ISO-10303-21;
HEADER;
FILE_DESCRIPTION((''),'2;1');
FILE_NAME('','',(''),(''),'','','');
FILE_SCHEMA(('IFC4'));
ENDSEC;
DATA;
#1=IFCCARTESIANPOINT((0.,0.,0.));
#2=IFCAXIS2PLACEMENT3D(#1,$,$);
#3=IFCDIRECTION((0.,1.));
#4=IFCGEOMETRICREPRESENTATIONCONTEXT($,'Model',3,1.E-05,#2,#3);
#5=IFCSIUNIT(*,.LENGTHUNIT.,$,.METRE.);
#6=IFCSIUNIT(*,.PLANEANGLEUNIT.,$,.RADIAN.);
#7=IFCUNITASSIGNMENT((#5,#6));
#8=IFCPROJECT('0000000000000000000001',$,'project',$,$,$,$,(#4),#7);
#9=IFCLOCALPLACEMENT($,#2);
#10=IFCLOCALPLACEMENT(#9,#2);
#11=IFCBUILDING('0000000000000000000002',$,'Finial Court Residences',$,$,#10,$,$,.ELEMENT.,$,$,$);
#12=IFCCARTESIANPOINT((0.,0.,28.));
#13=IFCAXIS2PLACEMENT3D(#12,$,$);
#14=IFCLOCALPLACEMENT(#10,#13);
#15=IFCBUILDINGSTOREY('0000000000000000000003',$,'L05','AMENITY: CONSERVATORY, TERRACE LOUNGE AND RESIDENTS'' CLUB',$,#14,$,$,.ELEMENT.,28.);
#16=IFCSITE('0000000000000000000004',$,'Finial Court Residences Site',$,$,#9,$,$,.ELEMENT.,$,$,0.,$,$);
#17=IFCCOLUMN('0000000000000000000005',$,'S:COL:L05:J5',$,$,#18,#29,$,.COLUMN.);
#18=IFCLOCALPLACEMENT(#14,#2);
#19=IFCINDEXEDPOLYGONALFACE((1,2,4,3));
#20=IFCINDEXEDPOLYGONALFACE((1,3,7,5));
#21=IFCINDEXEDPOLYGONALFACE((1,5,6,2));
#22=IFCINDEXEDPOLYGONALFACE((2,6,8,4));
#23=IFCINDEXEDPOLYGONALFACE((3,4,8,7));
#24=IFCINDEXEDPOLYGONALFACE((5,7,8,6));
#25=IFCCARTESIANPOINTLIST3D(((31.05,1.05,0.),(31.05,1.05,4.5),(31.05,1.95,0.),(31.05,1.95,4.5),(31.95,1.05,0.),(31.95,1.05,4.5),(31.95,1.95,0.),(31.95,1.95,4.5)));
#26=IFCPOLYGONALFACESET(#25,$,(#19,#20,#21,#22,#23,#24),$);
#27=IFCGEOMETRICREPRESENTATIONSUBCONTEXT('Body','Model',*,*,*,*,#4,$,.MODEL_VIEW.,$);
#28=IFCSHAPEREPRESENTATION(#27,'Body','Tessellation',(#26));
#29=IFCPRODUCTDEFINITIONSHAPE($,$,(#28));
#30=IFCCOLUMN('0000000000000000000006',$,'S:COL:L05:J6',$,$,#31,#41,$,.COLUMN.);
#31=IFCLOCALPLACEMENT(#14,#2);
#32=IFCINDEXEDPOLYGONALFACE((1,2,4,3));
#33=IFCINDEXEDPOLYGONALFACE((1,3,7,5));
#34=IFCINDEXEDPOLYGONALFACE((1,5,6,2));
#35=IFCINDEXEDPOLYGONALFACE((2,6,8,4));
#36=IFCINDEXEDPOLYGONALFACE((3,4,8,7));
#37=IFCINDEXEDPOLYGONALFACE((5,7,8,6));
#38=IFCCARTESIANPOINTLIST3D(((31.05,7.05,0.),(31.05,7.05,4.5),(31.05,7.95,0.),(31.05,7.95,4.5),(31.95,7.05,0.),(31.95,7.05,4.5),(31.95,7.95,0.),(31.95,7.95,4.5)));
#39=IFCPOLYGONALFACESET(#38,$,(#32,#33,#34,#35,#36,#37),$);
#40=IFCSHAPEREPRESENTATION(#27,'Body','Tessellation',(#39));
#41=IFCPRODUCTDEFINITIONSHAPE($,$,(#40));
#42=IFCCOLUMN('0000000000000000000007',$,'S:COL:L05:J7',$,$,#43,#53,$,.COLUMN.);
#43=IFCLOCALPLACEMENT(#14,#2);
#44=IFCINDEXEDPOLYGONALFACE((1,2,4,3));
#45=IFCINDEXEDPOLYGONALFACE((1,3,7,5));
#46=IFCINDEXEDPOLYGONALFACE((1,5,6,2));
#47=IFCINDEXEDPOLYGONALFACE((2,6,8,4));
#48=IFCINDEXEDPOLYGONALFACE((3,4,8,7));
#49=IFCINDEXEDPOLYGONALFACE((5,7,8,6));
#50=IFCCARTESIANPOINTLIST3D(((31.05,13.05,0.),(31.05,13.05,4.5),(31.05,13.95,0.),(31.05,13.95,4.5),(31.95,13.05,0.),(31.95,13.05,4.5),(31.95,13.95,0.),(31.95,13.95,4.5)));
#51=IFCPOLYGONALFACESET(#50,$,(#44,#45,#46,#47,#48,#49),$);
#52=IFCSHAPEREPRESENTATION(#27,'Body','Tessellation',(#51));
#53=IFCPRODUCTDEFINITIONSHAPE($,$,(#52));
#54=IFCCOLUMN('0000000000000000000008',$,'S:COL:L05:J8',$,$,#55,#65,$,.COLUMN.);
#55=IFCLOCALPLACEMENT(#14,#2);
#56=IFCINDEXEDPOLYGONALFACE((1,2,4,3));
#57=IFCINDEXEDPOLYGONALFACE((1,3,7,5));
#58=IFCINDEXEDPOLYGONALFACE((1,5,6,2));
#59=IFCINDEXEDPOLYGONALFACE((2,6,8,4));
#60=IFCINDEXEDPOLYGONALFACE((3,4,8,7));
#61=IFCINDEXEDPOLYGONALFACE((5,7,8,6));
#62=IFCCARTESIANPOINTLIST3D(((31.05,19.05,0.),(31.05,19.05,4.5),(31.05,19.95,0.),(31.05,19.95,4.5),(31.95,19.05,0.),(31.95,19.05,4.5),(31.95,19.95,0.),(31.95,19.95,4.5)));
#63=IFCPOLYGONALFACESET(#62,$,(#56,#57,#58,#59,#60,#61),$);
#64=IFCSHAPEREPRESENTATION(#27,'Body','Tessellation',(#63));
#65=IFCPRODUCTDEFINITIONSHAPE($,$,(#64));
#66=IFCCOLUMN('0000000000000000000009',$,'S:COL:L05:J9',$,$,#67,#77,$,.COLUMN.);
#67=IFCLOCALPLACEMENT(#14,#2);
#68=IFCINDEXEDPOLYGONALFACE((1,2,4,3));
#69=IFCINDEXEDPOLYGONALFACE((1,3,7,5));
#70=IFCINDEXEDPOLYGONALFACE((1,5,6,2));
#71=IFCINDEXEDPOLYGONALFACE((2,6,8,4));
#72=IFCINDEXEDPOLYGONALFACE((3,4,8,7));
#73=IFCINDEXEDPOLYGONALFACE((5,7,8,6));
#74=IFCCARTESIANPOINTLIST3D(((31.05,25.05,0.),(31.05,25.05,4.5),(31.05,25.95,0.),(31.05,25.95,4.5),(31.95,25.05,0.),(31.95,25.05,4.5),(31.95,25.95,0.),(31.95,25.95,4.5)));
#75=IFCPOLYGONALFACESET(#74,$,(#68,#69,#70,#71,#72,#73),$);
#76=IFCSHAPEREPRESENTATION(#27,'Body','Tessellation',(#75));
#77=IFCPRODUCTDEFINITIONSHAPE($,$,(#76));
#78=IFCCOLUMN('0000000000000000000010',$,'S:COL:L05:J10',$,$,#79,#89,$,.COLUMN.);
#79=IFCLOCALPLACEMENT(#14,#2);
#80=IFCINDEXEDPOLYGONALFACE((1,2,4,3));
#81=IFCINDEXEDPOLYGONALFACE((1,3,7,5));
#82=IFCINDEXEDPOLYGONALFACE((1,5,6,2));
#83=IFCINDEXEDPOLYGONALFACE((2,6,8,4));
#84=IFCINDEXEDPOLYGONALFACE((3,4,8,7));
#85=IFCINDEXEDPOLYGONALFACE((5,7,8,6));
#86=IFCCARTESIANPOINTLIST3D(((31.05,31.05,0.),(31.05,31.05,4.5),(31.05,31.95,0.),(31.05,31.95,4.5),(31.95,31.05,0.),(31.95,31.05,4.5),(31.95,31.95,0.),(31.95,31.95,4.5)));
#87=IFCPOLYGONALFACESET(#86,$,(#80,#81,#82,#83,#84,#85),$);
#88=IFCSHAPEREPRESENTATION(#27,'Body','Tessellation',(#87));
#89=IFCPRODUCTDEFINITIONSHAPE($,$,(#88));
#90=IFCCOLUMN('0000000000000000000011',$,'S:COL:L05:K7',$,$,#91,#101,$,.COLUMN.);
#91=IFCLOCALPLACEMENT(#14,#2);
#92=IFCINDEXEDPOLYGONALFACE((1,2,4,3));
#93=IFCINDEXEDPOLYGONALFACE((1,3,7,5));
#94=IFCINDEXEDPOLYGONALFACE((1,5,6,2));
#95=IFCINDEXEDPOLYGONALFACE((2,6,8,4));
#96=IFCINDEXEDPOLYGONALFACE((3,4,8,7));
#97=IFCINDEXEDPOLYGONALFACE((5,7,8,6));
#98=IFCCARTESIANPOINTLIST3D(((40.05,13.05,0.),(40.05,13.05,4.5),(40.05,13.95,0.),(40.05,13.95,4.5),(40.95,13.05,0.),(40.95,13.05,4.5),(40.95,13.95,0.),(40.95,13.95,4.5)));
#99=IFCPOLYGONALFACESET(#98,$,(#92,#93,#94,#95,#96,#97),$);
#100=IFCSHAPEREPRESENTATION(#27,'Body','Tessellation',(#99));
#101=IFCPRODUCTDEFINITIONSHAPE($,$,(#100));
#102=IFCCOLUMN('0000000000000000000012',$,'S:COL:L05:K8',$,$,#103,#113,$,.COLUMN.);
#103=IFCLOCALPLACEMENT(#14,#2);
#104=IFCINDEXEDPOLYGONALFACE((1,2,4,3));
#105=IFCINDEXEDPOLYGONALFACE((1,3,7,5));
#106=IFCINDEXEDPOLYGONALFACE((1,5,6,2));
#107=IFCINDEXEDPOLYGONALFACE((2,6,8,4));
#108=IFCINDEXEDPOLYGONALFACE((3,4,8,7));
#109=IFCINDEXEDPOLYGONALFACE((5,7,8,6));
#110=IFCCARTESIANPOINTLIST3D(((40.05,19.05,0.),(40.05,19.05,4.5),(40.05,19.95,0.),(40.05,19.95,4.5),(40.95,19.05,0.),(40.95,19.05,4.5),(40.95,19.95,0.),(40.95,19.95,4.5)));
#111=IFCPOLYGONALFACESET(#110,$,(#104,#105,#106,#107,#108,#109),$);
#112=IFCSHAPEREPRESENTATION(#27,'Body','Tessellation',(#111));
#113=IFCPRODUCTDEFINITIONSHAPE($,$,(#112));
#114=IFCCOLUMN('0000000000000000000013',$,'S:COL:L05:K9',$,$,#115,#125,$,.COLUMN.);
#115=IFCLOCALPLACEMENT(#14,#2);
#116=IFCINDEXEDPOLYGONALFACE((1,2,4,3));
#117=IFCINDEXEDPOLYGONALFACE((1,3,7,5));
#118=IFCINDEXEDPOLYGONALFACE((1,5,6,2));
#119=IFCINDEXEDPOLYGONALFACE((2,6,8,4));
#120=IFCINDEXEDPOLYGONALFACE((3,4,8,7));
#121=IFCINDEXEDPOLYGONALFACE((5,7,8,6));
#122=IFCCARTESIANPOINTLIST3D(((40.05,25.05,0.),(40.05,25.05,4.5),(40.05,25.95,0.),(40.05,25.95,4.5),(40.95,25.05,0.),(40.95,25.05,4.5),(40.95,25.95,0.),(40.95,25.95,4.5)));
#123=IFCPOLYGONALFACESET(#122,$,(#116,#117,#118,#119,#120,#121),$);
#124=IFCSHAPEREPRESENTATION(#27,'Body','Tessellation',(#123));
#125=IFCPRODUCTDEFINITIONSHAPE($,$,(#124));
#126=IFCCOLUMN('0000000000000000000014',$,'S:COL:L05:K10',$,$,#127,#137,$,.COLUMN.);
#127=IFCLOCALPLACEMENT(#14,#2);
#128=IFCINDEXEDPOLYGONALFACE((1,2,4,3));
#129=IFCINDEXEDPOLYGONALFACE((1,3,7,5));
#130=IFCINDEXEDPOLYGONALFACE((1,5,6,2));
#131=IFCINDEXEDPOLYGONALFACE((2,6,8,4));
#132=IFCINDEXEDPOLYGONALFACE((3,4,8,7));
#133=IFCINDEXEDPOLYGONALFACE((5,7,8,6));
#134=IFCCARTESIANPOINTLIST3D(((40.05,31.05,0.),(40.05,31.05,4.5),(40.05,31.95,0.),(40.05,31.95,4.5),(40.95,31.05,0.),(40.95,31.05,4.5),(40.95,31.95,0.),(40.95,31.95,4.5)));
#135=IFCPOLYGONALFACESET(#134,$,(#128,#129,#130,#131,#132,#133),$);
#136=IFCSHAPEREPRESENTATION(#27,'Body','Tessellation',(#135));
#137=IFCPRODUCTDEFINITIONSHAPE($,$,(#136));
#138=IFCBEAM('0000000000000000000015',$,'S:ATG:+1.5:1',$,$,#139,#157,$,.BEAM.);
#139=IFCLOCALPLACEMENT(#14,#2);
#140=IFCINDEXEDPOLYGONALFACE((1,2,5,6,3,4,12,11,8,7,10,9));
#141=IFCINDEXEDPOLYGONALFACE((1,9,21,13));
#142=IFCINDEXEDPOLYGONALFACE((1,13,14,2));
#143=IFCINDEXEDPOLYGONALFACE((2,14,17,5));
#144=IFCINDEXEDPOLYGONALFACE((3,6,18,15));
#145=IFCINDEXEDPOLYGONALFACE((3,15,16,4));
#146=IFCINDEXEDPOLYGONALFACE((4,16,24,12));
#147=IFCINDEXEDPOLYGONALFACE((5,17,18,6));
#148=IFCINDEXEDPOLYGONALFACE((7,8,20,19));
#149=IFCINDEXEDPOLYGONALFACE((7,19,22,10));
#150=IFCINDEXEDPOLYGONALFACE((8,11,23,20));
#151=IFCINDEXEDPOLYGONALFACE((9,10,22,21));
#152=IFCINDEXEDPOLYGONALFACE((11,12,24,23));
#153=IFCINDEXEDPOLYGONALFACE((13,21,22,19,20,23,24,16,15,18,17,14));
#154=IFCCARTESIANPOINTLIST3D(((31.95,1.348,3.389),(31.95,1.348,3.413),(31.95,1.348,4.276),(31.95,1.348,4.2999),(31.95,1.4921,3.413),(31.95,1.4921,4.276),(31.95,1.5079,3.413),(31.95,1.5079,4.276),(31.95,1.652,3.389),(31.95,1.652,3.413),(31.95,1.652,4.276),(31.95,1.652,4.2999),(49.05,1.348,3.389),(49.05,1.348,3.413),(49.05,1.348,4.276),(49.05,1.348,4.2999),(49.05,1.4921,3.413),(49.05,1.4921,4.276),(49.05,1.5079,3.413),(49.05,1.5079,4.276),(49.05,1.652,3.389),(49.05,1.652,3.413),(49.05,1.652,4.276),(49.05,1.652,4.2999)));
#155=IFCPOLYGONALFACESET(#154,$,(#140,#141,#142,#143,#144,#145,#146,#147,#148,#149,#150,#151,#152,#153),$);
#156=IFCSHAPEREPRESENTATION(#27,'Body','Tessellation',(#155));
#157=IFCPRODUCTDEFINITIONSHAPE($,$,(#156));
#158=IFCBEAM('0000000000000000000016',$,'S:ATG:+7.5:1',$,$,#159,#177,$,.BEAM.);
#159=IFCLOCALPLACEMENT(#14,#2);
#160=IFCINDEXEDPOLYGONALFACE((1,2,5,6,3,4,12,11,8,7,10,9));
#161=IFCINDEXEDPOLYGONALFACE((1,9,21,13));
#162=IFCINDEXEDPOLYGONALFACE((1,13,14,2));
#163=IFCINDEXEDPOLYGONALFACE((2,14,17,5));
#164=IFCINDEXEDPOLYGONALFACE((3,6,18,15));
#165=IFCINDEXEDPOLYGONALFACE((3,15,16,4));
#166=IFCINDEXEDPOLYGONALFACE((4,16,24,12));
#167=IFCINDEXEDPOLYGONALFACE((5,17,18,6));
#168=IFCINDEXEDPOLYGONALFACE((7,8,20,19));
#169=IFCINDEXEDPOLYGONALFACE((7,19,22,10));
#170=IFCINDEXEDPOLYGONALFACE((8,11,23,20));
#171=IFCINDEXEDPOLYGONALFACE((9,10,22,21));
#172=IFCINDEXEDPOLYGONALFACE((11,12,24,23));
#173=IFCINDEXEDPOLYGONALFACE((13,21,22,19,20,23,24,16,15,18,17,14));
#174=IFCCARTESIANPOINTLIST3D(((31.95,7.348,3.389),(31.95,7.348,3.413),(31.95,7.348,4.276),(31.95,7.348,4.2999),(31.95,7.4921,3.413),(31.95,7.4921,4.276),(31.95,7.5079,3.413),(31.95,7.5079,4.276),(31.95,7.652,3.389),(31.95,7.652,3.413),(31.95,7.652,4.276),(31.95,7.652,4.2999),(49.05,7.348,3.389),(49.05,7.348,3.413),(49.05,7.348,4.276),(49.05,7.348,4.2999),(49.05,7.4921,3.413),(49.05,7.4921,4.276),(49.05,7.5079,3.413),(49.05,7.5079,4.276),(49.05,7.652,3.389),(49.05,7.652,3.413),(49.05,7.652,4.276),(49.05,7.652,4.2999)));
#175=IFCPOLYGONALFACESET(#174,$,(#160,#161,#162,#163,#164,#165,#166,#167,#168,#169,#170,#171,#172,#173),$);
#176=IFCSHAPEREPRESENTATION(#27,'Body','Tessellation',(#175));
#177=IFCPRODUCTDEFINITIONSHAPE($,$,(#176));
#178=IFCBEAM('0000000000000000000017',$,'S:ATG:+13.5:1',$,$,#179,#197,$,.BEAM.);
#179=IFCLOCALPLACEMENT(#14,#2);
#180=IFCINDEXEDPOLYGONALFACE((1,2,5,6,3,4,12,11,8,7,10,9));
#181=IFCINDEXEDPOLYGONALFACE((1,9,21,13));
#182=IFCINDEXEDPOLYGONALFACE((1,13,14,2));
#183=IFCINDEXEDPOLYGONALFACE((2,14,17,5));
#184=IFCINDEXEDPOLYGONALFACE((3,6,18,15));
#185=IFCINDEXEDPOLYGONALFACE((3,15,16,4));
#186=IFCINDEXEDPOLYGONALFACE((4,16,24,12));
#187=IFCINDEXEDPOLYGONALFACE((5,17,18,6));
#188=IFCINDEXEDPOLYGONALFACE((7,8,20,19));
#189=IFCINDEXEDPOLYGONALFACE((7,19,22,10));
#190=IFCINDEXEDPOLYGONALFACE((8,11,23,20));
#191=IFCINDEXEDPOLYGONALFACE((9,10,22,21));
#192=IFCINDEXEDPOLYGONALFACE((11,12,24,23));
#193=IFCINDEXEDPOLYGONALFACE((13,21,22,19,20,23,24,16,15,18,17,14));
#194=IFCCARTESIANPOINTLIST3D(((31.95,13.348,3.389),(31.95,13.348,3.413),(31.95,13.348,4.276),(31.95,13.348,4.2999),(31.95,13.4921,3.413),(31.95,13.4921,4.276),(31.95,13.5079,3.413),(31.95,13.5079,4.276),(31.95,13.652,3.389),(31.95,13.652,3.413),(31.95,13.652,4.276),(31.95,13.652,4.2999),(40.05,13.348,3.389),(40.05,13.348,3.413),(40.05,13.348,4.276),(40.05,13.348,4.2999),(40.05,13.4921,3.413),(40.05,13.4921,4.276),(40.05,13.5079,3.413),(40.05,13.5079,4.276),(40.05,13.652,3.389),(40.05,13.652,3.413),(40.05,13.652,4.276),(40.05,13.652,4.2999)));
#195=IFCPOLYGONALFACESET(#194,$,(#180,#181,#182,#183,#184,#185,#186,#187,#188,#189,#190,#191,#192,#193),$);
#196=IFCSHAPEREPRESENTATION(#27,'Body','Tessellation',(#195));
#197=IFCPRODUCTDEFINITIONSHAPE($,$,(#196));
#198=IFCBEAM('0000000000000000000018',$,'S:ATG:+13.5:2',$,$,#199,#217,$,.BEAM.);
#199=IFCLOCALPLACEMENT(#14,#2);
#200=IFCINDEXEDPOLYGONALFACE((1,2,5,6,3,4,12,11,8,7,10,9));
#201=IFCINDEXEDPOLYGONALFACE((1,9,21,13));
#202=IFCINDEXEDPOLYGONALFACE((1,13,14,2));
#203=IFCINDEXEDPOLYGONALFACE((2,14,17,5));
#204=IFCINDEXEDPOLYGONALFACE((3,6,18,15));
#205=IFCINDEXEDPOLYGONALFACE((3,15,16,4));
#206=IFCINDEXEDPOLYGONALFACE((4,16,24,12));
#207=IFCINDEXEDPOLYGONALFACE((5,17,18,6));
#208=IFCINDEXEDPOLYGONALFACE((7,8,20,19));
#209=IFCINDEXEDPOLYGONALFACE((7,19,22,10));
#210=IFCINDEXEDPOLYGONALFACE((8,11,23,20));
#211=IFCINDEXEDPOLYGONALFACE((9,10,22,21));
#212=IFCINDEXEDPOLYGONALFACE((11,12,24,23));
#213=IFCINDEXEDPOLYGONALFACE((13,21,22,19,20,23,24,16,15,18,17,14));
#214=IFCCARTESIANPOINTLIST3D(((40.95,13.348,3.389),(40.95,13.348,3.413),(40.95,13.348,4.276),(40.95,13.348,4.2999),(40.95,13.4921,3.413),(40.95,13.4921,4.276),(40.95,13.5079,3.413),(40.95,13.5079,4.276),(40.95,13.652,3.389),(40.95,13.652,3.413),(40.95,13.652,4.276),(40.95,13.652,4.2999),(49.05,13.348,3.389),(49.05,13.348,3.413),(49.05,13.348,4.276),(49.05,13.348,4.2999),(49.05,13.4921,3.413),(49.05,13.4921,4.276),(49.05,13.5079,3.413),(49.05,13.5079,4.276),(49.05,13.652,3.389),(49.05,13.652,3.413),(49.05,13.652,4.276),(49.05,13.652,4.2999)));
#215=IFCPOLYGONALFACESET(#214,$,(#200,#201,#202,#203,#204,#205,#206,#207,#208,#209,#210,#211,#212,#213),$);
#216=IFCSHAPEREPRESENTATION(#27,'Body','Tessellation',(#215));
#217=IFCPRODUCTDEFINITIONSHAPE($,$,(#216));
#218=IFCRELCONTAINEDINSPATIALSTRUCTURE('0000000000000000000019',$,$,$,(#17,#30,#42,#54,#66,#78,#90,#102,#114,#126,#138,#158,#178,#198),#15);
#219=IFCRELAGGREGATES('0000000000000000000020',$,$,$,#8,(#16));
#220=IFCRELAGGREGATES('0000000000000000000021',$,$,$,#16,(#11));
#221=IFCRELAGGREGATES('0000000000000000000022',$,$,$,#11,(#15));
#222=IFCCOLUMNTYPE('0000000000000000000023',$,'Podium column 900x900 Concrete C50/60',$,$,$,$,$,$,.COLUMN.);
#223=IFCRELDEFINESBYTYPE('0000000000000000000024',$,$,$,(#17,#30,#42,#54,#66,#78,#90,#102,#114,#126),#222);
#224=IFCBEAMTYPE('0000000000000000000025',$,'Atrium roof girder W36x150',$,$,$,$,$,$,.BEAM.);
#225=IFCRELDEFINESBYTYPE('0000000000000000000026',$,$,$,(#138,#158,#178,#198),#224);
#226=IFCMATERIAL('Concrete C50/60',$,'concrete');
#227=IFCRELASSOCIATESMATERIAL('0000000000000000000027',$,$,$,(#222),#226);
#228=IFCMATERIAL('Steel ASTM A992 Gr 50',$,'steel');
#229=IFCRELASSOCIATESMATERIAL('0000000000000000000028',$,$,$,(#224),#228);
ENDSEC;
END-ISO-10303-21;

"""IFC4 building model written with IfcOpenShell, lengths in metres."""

from ifc_helpers import new_model, si_unit, direction, frame, origin, origin_2d, place, context, subcontext, project, spatial, rectangle, i_section, extrude, material, material_profile, profile_set, type_object, element, save


model = new_model("IFC4")

# Units and contexts
model_context = context("Model", 3, precision=1e-05, world=origin(), true_north=direction((0.0, 1.0)))
body_context = subcontext(model_context, "Body", "Model", "MODEL_VIEW")
ifc_project = project(units=[si_unit("LENGTHUNIT", "METRE"), si_unit("PLANEANGLEUNIT", "RADIAN")], contexts=[model_context])

# Site, building, storey
site_placement = place(None, origin())
site = spatial("IfcSite", under=ifc_project, at=site_placement, Name="Finial Court Residences Site", CompositionType="ELEMENT", RefElevation=0.0)
building_placement = place(site_placement, origin())
building = spatial("IfcBuilding", under=site, at=building_placement, Name="Finial Court Residences", CompositionType="ELEMENT")
storey_placement = place(building_placement, frame((0.0, 0.0, 28.0)))
storey = spatial("IfcBuildingStorey", under=building, at=storey_placement, Name="L05", Description="AMENITY: CONSERVATORY, TERRACE LOUNGE AND RESIDENTS' CLUB", CompositionType="ELEMENT", Elevation=28.0)

# Columns
ifc_material_1 = material(Name="Concrete C50/60", Category="concrete")
ifc_material_profile_1 = material_profile(ifc_material_1, rectangle(XDim=0.8999, YDim=0.8999, at=origin_2d()), Name="900x900")
ifc_profile_set_1 = profile_set([ifc_material_profile_1], Name="Concrete C50/60")
column_type = type_object("IfcColumnType", Name="Podium column 900x900 Concrete C50/60", PredefinedType="COLUMN", material=ifc_profile_set_1)
for number, where, z_axis, x_axis, name in (
    (1, (31.5, 1.5, 0.0), (0.0, 0.0, 1.0), (1.0, 0.0, 0.0), "S:COL:L05:J5"),
    (2, (31.5, 7.5, 0.0), (0.0, 0.0, 1.0), (1.0, 0.0, 0.0), "S:COL:L05:J6"),
    (3, (31.5, 13.5, 0.0), (0.0, 0.0, 1.0), (1.0, 0.0, 0.0), "S:COL:L05:J7"),
    (4, (31.5, 19.5, 0.0), (0.0, 0.0, 1.0), (1.0, 0.0, 0.0), "S:COL:L05:J8"),
    (5, (31.5, 25.5, 0.0), (0.0, 0.0, 1.0), (1.0, 0.0, 0.0), "S:COL:L05:J9"),
    (6, (31.5, 31.5, 0.0), (0.0, 0.0, 1.0), (1.0, 0.0, 0.0), "S:COL:L05:J10"),
    (7, (40.5, 13.5, 0.0), (0.0, 0.0, 1.0), (1.0, 0.0, 0.0), "S:COL:L05:K7"),
    (8, (40.5, 19.5, 0.0), (0.0, 0.0, 1.0), (1.0, 0.0, 0.0), "S:COL:L05:K8"),
    (9, (40.5, 25.5, 0.0), (0.0, 0.0, 1.0), (1.0, 0.0, 0.0), "S:COL:L05:K9"),
    (10, (40.5, 31.5, 0.0), (0.0, 0.0, 1.0), (1.0, 0.0, 0.0), "S:COL:L05:K10"),
):
    element("IfcColumn", number, at=place(storey_placement, frame(where, z_axis=z_axis, x_axis=x_axis)), inside=storey, type_object=column_type, Name=name, PredefinedType="COLUMN", context=body_context, shape_type="SweptSolid", body=[
        extrude(rectangle(XDim=0.8999, YDim=0.8999, at=origin_2d()), origin(), (0.0, 0.0, 1.0), 4.5),
    ])

# Beams
ifc_material_2 = material(Name="Steel ASTM A992 Gr 50", Category="steel")
ifc_material_profile_2 = material_profile(ifc_material_2, i_section(OverallWidth=0.304, OverallDepth=0.9109, WebThickness=0.0159, FlangeThickness=0.0239, at=origin_2d()), Name="W36x150")
ifc_profile_set_2 = profile_set([ifc_material_profile_2], Name="Steel ASTM A992 Gr 50")
beam_type_1 = type_object("IfcBeamType", Name="Atrium roof girder W36x150", PredefinedType="BEAM", material=ifc_profile_set_2)
for number, where, z_axis, x_axis, name in (
    (11, (31.95, 1.5, 3.8445), (1.0, 0.0, 0.0), (0.0, 1.0, 0.0), "S:ATG:+1.5:1"),
    (12, (31.95, 7.5, 3.8445), (1.0, 0.0, 0.0), (0.0, 1.0, 0.0), "S:ATG:+7.5:1"),
):
    element("IfcBeam", number, at=place(storey_placement, frame(where, z_axis=z_axis, x_axis=x_axis)), inside=storey, type_object=beam_type_1, Name=name, PredefinedType="BEAM", context=body_context, shape_type="SweptSolid", body=[
        extrude(i_section(OverallWidth=0.304, OverallDepth=0.9109, WebThickness=0.0159, FlangeThickness=0.0239, at=origin_2d()), origin(), (0.0, 0.0, 1.0), 17.1001),
    ])
for number, where, z_axis, x_axis, name in (
    (13, (31.95, 13.5, 3.8445), (1.0, 0.0, 0.0), (0.0, 1.0, 0.0), "S:ATG:+13.5:1"),
    (14, (40.95, 13.5, 3.8445), (1.0, 0.0, 0.0), (0.0, 1.0, 0.0), "S:ATG:+13.5:2"),
):
    element("IfcBeam", number, at=place(storey_placement, frame(where, z_axis=z_axis, x_axis=x_axis)), inside=storey, type_object=beam_type_1, Name=name, PredefinedType="BEAM", context=body_context, shape_type="SweptSolid", body=[
        extrude(i_section(OverallWidth=0.304, OverallDepth=0.9109, WebThickness=0.0159, FlangeThickness=0.0239, at=origin_2d()), origin(), (0.0, 0.0, 1.0), 8.1001),
    ])

save(model, "model.ifc")
